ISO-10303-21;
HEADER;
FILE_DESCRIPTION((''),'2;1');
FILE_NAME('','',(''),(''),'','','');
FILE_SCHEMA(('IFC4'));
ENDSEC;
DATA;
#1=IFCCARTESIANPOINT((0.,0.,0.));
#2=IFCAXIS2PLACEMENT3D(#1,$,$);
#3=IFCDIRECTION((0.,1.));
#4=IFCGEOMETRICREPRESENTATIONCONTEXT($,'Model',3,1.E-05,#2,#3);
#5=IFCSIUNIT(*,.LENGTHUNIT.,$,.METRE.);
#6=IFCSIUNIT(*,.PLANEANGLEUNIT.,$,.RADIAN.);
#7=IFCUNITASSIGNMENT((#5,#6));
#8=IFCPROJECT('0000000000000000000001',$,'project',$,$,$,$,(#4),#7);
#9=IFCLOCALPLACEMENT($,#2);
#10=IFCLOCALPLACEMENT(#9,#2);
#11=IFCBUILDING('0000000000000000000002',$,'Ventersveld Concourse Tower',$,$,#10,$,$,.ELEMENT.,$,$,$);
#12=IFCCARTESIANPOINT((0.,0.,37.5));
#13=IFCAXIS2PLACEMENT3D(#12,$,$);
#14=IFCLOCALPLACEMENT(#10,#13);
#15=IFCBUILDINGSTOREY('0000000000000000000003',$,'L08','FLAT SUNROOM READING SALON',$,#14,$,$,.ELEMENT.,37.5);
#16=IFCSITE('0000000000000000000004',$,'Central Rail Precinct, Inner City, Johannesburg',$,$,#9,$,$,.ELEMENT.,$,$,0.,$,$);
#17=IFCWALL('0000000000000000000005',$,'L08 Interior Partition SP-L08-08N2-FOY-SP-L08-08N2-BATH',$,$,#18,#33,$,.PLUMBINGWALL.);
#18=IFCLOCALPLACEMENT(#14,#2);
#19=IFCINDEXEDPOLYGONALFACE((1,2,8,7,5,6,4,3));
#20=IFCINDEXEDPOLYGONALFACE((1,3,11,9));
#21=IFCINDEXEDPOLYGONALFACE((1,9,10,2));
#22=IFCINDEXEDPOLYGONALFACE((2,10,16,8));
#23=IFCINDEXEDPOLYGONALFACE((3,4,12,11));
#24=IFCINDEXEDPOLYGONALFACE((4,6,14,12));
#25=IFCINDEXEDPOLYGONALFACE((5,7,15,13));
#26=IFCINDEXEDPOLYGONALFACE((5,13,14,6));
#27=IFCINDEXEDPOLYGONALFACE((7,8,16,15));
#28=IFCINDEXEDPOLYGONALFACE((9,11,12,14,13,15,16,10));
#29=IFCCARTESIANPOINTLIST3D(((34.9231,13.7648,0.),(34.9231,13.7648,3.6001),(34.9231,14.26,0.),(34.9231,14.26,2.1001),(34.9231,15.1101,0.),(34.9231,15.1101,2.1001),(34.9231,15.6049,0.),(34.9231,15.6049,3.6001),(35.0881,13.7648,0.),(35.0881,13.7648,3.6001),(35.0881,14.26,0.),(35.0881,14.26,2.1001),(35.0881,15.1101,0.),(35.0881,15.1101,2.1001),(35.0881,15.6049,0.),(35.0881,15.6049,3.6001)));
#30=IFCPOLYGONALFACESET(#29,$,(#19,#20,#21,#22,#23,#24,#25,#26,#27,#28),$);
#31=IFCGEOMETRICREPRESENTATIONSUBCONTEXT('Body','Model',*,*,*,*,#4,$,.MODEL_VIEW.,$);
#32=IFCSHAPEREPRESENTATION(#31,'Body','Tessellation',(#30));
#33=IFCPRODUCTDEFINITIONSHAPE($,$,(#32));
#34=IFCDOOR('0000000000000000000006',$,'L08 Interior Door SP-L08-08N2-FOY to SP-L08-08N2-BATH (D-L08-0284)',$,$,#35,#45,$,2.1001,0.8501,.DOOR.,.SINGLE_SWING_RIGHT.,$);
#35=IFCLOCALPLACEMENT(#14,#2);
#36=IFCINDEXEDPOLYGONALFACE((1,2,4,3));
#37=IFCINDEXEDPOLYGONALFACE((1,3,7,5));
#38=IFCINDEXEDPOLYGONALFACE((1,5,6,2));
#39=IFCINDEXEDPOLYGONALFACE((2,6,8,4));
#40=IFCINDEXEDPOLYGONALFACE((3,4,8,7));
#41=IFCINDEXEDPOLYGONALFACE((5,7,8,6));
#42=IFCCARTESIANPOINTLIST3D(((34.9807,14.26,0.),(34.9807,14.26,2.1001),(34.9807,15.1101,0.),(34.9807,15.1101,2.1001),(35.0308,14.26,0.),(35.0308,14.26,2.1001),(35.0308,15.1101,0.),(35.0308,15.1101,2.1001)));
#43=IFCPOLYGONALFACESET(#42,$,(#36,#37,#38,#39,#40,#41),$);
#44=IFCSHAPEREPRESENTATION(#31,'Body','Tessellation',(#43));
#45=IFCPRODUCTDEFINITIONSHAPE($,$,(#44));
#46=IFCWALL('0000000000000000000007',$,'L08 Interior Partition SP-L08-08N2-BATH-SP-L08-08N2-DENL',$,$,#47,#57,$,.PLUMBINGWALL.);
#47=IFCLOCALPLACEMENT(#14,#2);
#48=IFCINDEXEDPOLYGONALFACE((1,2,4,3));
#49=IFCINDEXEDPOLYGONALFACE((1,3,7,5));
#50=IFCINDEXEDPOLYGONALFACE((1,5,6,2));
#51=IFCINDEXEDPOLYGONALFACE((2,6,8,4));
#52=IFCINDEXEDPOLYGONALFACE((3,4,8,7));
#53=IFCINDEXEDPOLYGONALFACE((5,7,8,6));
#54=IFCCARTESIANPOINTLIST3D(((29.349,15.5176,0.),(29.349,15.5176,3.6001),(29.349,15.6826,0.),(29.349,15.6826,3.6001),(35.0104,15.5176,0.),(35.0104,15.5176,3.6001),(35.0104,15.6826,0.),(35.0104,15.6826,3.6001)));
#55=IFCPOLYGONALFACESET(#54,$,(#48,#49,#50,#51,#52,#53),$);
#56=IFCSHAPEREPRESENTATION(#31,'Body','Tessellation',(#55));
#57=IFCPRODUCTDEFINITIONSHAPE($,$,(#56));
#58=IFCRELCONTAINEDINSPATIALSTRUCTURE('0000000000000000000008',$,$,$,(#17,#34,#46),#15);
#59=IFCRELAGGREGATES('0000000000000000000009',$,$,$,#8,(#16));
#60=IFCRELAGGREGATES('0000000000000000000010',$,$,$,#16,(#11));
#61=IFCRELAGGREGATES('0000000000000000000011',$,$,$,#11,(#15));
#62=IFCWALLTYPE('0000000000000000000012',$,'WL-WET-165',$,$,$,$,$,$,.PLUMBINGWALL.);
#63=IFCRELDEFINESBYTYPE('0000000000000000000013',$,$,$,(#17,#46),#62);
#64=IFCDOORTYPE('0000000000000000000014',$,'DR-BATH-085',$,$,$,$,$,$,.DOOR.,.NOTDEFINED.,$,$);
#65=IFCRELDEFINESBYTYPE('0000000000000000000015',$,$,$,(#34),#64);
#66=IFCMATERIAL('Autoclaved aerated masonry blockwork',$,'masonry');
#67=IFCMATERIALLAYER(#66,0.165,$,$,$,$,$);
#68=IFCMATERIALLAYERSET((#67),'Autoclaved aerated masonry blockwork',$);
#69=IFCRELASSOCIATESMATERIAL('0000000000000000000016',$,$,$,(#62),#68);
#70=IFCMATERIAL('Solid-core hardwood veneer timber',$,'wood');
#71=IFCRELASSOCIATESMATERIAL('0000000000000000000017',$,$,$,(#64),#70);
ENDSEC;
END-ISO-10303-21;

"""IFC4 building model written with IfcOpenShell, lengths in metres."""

from ifc_helpers import new_model, si_unit, direction, frame, frame_2d, origin, place, context, subcontext, project, spatial, rectangle, extrude, material, layer, layer_set, type_object, element, fill, save


model = new_model("IFC4")

# Units and contexts
model_context = context("Model", 3, precision=1e-05, world=origin(), true_north=direction((0.0, 1.0)))
body_context = subcontext(model_context, "Body", "Model", "MODEL_VIEW")
ifc_project = project(units=[si_unit("LENGTHUNIT", "METRE"), si_unit("PLANEANGLEUNIT", "RADIAN")], contexts=[model_context])

# Site, building, storey
site_placement = place(None, origin())
site = spatial("IfcSite", under=ifc_project, at=site_placement, Name="Central Rail Precinct, Inner City, Johannesburg", CompositionType="ELEMENT", RefElevation=0.0)
building_placement = place(site_placement, origin())
building = spatial("IfcBuilding", under=site, at=building_placement, Name="Ventersveld Concourse Tower", CompositionType="ELEMENT")
storey_placement = place(building_placement, frame((0.0, 0.0, 37.5)))
storey = spatial("IfcBuildingStorey", under=building, at=storey_placement, Name="L08", Description="FLAT SUNROOM READING SALON", CompositionType="ELEMENT", Elevation=37.5)

# Shared definitions
ifc_material_1 = material(Name="Solid-core hardwood veneer timber", Category="wood")

# Wall, opening, door
ifc_material_2 = material(Name="Autoclaved aerated masonry blockwork", Category="masonry")
ifc_layer_1 = layer(ifc_material_2, 0.165)
ifc_layer_set_1 = layer_set([ifc_layer_1], Name="Autoclaved aerated masonry blockwork")
wall_type_1 = type_object("IfcWallType", Name="WL-WET-165", PredefinedType="PLUMBINGWALL", material=ifc_layer_set_1)
wall_1_placement = place(storey_placement, frame((35.0056, 13.7649, 0.0), z_axis=(0.0, 0.0, 1.0), x_axis=(0.0, 1.0, 0.0)))
wall_1 = element("IfcWall", 1, at=wall_1_placement, inside=storey, type_object=wall_type_1, Name="L08 Interior Partition SP-L08-08N2-FOY-SP-L08-08N2-BATH", PredefinedType="PLUMBINGWALL", context=body_context, shape_type="SweptSolid", body=[
    extrude(rectangle(XDim=1.8401, YDim=0.165, at=frame_2d((0.9199, 0.0))), origin(), (0.0, 0.0, 1.0), 3.6001),
])
opening_1_placement = place(wall_1_placement, frame((0.4951, 0.0, 0.0)))
opening_1 = element("IfcOpeningElement", 2, at=opening_1_placement, cuts=wall_1, PredefinedType="OPENING", context=body_context, shape_type="SweptSolid", body=[
    extrude(rectangle(XDim=0.8501, YDim=2.1001, at=frame_2d((0.425, 1.05))), frame((0.0, 0.0925, 0.0), z_axis=(0.0, -1.0, 0.0), x_axis=(1.0, 0.0, 0.0)), (0.0, 0.0, 1.0), 0.1851),
])
door_type_1 = type_object("IfcDoorType", Name="DR-BATH-085", OperationType="NOTDEFINED", PredefinedType="DOOR", material=ifc_material_1)
door_1_placement = place(opening_1_placement, origin())
door_1 = element("IfcDoor", 3, at=door_1_placement, inside=storey, type_object=door_type_1, Name="L08 Interior Door SP-L08-08N2-FOY to SP-L08-08N2-BATH (D-L08-0284)", OperationType="SINGLE_SWING_RIGHT", OverallHeight=2.1001, OverallWidth=0.8501, PredefinedType="DOOR", context=body_context, shape_type="SweptSolid", body=[
    extrude(rectangle(XDim=0.8501, YDim=2.1001, at=frame_2d((0.425, 1.05))), frame((0.0, 0.0249, 0.0), z_axis=(0.0, -1.0, 0.0), x_axis=(1.0, 0.0, 0.0)), (0.0, 0.0, 1.0), 0.05),
])
fill(opening_1, door_1)

# Wall
wall_2_placement = place(storey_placement, frame((29.3491, 15.6001, 0.0), z_axis=(0.0, 0.0, 1.0), x_axis=(1.0, 0.0, 0.0)))
element("IfcWall", 4, at=wall_2_placement, inside=storey, type_object=wall_type_1, Name="L08 Interior Partition SP-L08-08N2-BATH-SP-L08-08N2-DENL", PredefinedType="PLUMBINGWALL", context=body_context, shape_type="SweptSolid", body=[
    extrude(rectangle(XDim=5.6614, YDim=0.165, at=frame_2d((2.8306, 0.0))), origin(), (0.0, 0.0, 1.0), 3.6001),
])

save(model, "model.ifc")
